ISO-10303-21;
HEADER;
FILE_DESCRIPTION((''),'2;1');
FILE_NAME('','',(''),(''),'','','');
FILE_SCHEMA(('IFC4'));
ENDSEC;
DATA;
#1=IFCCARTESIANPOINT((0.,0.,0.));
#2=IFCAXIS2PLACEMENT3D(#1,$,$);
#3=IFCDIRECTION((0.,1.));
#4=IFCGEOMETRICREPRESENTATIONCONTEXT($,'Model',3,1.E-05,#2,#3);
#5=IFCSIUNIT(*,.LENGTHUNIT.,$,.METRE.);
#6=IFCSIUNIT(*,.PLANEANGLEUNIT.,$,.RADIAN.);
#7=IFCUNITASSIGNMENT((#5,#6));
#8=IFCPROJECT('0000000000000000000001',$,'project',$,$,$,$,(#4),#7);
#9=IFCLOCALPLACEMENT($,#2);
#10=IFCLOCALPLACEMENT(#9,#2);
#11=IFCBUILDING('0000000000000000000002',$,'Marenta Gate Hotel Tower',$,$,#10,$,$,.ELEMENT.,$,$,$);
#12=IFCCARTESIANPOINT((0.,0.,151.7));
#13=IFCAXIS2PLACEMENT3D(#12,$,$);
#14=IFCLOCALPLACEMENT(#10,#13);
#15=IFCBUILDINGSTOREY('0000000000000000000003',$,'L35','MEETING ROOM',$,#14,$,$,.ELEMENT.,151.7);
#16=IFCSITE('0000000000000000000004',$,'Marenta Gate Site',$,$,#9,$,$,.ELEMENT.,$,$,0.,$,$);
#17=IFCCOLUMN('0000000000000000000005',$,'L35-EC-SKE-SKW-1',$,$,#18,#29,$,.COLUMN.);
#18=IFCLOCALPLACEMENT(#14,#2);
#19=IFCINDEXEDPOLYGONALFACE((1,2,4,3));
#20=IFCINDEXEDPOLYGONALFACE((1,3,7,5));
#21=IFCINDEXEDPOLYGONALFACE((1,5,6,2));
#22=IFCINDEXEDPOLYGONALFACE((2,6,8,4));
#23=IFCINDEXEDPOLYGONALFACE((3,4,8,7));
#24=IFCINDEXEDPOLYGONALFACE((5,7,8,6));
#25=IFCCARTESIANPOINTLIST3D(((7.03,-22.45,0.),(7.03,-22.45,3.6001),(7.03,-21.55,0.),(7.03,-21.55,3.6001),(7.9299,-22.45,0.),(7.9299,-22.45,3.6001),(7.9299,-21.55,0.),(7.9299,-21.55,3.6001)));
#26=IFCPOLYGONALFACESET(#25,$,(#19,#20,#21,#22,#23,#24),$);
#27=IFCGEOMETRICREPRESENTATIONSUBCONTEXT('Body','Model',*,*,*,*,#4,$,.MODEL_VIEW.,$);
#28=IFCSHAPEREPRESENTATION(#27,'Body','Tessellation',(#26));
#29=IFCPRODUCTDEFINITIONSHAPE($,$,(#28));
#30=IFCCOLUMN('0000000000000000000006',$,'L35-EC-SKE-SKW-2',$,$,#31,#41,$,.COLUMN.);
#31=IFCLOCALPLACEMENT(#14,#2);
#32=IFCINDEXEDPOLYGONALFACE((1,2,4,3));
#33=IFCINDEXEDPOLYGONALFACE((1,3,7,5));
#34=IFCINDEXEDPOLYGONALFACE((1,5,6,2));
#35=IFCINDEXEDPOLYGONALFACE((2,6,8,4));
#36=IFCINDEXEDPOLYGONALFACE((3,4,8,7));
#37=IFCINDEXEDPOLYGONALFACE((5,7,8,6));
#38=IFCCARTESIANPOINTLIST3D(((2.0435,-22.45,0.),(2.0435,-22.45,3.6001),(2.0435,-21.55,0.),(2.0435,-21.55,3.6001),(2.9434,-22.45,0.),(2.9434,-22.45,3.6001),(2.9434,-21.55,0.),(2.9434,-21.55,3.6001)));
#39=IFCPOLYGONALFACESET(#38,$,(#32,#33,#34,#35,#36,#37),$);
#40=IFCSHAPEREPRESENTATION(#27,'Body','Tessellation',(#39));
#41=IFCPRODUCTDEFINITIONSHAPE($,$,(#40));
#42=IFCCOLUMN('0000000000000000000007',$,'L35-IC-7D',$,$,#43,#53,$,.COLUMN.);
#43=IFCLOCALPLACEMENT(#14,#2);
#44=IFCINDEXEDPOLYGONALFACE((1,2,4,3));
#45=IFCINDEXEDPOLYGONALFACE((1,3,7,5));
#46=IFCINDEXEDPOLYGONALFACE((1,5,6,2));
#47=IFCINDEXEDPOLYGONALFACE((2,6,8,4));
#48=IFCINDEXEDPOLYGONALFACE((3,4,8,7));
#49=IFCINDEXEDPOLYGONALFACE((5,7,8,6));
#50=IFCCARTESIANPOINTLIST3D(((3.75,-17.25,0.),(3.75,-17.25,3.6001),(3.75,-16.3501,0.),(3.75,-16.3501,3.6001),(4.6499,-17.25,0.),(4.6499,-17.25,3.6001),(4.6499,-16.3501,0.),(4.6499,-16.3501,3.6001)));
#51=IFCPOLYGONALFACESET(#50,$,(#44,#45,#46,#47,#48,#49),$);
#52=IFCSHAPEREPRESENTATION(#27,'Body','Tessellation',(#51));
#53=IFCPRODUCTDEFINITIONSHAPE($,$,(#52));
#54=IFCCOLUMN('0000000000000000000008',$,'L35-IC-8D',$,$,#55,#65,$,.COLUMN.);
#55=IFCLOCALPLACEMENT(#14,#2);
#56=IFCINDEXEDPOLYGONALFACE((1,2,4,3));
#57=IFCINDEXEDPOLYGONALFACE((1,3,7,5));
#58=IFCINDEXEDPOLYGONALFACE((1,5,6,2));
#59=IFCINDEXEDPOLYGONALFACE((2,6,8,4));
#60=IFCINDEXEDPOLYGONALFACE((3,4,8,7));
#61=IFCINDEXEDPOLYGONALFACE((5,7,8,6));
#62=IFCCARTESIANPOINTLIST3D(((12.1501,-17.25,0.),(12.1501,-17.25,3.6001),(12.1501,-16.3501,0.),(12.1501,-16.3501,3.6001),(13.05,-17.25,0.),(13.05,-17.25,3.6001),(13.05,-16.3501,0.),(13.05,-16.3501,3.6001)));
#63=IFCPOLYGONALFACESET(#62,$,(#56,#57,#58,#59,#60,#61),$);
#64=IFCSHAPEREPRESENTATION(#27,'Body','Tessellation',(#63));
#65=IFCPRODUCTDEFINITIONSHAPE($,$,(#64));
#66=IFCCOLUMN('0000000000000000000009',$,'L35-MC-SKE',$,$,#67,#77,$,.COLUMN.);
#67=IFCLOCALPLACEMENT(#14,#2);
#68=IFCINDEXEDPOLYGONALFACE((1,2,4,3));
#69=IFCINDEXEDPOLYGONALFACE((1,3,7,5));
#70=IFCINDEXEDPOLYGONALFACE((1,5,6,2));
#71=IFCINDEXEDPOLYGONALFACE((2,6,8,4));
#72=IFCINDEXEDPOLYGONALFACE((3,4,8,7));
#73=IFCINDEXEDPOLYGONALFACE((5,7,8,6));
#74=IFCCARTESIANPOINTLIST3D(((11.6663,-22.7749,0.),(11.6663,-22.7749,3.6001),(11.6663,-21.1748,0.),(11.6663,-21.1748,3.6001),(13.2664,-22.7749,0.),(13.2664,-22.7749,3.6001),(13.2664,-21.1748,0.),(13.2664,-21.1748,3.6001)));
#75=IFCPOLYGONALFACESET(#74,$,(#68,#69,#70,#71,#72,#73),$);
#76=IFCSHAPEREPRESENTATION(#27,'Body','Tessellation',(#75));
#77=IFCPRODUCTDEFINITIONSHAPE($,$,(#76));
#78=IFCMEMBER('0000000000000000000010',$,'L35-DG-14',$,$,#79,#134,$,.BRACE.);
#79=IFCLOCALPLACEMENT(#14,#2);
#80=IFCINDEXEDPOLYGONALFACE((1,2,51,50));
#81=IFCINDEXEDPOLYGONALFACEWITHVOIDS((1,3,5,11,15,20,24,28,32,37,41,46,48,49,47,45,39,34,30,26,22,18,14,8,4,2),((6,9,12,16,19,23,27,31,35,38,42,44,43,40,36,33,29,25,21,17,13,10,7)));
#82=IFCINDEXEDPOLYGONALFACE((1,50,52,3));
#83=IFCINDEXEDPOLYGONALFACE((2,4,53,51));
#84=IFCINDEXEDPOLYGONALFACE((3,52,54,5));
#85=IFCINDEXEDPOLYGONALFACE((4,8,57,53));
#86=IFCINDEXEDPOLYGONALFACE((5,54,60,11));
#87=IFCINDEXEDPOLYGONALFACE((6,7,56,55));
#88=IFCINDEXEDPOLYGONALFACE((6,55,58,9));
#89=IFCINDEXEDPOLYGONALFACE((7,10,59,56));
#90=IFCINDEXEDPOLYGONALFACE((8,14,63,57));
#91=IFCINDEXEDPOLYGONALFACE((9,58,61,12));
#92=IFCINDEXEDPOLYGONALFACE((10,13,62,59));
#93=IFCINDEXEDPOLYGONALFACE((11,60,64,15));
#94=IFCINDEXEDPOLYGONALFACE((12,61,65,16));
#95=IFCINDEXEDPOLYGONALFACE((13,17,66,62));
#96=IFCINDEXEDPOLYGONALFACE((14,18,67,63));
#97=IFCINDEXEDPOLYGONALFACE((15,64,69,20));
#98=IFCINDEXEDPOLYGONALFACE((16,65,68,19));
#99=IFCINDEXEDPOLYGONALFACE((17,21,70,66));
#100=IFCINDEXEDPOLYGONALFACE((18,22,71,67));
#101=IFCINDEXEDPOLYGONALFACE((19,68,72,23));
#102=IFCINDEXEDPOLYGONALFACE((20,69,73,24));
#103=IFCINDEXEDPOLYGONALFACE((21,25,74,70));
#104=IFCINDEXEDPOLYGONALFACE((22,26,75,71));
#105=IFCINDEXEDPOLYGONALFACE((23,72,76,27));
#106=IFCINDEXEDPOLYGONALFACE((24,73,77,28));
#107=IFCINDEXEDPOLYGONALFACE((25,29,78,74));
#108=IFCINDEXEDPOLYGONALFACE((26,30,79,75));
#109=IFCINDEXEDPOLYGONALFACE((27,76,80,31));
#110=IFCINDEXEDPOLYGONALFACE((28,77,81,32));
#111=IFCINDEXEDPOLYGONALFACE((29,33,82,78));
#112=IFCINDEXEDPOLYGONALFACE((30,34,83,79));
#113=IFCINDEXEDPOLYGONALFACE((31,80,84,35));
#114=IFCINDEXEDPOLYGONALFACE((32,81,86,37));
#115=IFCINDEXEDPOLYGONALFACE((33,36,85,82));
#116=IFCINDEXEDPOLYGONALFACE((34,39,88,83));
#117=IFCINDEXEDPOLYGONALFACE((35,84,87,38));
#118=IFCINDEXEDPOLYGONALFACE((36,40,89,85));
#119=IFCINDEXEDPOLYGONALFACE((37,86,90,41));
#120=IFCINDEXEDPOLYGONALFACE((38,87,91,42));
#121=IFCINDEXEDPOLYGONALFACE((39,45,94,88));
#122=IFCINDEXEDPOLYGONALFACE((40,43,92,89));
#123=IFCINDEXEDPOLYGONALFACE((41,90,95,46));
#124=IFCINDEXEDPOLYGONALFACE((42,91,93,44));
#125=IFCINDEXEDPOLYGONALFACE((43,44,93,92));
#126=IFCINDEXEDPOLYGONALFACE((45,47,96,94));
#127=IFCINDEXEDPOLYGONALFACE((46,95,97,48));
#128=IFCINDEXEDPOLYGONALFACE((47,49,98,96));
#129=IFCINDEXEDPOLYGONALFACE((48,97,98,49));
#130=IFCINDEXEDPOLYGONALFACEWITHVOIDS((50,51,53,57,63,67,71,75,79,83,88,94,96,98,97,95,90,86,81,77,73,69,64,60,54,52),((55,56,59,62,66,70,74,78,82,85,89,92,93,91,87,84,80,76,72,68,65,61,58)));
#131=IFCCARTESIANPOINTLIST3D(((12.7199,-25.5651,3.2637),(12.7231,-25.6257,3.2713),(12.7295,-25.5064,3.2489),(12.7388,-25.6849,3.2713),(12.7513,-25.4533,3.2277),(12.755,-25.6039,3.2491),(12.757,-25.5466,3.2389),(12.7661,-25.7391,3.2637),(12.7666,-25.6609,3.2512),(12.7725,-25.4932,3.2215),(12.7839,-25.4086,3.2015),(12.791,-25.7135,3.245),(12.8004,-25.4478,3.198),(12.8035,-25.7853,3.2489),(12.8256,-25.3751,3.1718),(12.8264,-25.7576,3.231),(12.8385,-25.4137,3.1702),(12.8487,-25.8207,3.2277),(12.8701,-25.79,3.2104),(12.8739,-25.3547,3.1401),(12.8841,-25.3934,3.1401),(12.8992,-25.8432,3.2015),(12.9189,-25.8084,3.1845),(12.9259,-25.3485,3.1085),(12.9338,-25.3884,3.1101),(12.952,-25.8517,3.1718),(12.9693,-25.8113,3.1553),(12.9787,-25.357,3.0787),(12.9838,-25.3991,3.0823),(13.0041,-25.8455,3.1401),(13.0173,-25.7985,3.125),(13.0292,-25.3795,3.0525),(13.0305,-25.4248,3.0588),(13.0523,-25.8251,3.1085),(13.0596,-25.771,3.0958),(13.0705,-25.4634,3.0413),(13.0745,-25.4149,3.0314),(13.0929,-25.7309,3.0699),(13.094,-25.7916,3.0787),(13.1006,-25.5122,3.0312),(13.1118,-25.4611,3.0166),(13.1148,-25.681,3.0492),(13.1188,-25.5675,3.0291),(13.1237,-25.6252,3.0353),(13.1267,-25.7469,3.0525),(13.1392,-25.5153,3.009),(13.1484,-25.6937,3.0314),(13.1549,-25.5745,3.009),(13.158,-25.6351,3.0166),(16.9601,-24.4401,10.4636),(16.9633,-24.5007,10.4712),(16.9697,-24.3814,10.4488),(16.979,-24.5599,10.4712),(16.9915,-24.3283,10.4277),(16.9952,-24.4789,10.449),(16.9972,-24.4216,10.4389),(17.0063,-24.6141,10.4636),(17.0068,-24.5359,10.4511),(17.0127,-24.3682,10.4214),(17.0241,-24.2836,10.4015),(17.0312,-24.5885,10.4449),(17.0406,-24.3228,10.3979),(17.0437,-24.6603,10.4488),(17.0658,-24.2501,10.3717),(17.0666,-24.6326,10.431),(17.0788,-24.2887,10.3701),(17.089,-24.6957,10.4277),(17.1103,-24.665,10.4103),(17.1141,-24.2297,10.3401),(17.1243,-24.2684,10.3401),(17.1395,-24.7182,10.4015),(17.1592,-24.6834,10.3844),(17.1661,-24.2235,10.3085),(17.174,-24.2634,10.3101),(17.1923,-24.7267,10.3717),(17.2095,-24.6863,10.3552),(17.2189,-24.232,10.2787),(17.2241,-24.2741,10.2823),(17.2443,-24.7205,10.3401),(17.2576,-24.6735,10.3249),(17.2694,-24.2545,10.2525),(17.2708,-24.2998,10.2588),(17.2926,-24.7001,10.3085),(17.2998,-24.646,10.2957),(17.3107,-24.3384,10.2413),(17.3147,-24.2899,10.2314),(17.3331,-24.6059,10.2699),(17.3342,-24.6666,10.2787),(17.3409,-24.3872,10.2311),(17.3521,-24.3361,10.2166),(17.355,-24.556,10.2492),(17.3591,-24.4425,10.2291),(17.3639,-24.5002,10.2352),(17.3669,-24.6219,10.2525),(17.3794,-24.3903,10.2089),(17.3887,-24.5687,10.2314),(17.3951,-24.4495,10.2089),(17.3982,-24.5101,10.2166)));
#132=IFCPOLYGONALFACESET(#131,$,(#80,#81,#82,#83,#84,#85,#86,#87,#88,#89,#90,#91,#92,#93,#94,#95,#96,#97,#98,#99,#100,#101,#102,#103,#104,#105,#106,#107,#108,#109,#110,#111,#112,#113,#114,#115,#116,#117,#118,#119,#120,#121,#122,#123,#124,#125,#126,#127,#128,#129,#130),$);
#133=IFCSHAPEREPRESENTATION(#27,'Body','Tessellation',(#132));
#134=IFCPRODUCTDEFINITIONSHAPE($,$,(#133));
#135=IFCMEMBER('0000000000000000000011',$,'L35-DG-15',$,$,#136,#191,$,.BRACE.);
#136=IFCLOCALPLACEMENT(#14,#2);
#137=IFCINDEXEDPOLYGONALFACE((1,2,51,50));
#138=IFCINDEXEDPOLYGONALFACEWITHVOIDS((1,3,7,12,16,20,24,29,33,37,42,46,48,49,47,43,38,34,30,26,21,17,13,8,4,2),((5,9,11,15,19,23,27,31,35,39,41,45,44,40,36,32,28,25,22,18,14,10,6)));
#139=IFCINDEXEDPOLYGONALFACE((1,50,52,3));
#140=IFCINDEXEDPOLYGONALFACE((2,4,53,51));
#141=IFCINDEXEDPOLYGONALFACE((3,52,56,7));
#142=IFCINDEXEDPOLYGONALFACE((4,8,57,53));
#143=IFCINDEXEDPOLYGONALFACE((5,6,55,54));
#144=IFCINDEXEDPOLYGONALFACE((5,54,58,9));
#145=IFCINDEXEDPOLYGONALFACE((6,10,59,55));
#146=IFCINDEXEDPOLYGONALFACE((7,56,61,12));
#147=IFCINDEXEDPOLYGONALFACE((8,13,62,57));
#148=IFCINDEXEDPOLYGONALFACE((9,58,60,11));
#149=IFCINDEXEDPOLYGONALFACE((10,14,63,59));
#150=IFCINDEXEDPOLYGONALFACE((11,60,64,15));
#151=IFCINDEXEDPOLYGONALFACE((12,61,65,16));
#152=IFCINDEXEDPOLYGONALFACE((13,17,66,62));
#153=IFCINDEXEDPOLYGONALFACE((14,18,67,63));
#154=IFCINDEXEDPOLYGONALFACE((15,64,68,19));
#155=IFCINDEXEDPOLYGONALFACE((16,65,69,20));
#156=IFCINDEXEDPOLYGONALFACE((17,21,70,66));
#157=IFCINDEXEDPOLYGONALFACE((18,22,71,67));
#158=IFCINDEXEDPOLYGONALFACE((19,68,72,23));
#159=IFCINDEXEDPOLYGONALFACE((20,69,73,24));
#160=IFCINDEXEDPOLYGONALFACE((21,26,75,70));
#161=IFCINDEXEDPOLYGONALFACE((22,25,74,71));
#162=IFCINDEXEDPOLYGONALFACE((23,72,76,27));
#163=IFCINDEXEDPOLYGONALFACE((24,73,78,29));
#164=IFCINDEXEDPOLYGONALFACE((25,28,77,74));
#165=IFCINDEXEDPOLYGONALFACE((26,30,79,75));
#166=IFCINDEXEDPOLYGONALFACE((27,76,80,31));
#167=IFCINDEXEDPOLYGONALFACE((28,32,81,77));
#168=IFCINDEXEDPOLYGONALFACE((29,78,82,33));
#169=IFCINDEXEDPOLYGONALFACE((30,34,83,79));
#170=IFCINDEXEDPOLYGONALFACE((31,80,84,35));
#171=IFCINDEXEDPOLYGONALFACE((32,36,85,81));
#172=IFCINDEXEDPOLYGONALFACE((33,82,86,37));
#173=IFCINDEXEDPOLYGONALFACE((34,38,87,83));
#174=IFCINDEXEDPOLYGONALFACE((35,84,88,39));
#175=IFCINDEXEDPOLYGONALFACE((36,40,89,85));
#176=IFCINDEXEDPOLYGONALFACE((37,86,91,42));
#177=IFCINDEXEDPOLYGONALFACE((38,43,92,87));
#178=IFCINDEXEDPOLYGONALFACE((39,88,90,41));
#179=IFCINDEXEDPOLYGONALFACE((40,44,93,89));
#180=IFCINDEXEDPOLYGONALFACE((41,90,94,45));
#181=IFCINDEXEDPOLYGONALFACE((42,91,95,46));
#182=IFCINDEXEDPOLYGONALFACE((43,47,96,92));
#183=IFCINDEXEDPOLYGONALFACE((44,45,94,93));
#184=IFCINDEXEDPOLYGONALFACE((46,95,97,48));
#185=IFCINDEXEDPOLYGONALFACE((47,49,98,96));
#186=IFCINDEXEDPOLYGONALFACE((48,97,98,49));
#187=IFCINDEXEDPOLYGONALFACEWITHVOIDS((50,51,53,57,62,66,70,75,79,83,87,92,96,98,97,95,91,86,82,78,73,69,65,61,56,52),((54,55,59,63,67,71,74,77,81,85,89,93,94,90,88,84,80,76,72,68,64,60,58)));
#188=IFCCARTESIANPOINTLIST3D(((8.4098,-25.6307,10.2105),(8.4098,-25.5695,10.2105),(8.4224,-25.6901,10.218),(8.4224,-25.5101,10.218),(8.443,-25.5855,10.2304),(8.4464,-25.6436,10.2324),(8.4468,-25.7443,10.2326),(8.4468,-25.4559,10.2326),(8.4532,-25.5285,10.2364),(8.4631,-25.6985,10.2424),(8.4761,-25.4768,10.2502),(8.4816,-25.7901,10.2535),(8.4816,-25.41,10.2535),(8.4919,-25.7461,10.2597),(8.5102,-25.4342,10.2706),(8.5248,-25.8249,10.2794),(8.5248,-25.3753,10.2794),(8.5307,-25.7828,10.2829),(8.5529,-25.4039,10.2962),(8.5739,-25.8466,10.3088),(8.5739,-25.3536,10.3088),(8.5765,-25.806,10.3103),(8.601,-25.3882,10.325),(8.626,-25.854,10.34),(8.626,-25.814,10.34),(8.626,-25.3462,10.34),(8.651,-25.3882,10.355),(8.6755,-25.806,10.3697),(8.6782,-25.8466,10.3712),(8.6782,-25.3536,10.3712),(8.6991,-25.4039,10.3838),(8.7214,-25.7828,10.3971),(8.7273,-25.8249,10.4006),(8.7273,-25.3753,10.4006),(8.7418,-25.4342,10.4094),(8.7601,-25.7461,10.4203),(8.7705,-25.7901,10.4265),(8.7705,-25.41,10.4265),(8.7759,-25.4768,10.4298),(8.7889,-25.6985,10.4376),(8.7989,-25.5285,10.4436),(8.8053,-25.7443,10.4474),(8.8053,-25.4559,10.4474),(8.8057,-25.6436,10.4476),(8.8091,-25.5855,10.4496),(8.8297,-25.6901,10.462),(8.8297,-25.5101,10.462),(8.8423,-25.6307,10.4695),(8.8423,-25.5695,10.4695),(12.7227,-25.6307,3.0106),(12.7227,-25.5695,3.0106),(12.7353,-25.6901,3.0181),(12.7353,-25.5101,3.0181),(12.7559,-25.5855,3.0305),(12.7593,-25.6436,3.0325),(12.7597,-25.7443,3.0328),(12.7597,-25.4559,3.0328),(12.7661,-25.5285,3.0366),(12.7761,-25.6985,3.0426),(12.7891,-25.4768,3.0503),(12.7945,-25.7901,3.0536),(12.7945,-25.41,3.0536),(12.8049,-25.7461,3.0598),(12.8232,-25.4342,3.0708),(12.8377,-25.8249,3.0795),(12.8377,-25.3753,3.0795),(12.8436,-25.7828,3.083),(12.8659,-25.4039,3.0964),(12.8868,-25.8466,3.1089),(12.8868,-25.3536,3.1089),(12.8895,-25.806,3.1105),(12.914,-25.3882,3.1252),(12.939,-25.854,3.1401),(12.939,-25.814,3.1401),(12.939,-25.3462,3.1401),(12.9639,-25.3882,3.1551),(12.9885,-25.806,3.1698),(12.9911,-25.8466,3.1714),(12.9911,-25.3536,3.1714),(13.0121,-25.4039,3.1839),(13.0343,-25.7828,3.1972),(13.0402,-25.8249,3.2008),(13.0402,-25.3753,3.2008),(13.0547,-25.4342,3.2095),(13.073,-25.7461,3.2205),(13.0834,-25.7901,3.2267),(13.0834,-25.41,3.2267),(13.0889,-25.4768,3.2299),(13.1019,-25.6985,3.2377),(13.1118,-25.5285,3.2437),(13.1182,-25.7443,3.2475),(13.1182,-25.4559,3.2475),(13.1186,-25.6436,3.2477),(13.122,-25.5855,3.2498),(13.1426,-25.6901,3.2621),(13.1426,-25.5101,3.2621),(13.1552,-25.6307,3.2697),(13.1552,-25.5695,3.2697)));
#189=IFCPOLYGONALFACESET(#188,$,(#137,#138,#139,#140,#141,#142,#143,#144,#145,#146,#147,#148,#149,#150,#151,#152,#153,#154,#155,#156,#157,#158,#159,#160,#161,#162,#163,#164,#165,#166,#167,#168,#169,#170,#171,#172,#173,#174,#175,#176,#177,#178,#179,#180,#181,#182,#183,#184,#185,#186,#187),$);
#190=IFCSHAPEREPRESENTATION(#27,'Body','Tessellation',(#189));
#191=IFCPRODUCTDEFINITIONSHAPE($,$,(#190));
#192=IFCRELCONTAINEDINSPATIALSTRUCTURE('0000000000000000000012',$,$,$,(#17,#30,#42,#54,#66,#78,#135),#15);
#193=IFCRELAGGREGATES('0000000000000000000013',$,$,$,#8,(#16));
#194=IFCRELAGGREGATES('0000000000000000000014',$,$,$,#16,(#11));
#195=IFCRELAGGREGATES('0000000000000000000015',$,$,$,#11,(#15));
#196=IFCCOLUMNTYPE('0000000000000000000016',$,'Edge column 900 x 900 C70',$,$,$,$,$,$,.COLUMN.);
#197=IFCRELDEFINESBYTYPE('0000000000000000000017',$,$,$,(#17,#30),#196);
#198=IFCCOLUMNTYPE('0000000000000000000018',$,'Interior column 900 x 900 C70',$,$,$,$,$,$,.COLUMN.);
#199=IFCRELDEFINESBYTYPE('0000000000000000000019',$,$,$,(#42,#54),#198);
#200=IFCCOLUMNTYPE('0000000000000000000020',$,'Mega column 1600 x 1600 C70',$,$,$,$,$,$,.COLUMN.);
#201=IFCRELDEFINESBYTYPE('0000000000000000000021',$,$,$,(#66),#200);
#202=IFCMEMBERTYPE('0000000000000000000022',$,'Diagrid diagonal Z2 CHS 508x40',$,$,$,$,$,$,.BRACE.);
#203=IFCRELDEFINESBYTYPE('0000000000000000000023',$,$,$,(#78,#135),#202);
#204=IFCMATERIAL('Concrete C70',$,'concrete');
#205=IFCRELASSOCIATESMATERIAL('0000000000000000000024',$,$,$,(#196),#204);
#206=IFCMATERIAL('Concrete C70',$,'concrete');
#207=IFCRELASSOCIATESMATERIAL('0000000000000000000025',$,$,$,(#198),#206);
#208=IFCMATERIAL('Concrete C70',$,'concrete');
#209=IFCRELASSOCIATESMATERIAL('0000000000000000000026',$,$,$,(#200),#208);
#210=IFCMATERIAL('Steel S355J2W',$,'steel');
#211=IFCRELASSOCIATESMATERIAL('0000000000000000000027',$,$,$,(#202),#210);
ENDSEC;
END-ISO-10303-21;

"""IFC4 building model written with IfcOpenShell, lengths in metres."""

from ifc_helpers import new_model, si_unit, direction, frame, origin, origin_2d, place, context, subcontext, project, spatial, rectangle, hollow_circle, extrude, material, material_profile, profile_set, type_object, element, save


model = new_model("IFC4")

# Units and contexts
model_context = context("Model", 3, precision=1e-05, world=origin(), true_north=direction((0.0, 1.0)))
body_context = subcontext(model_context, "Body", "Model", "MODEL_VIEW")
ifc_project = project(units=[si_unit("LENGTHUNIT", "METRE"), si_unit("PLANEANGLEUNIT", "RADIAN")], contexts=[model_context])

# Site, building, storey
site_placement = place(None, origin())
site = spatial("IfcSite", under=ifc_project, at=site_placement, Name="Marenta Gate Site", CompositionType="ELEMENT", RefElevation=0.0)
building_placement = place(site_placement, origin())
building = spatial("IfcBuilding", under=site, at=building_placement, Name="Marenta Gate Hotel Tower", CompositionType="ELEMENT")
storey_placement = place(building_placement, frame((0.0, 0.0, 151.7)))
storey = spatial("IfcBuildingStorey", under=building, at=storey_placement, Name="L35", Description="MEETING ROOM", CompositionType="ELEMENT", Elevation=151.7)

# Columns
ifc_material_1 = material(Name="Concrete C70", Category="concrete")
ifc_material_profile_1 = material_profile(ifc_material_1, rectangle(XDim=0.8999, YDim=0.8999, at=origin_2d()), Name="900 x 900")
ifc_profile_set_1 = profile_set([ifc_material_profile_1], Name="Concrete C70")
column_type_1 = type_object("IfcColumnType", Name="Edge column 900 x 900 C70", PredefinedType="COLUMN", material=ifc_profile_set_1)
for number, where, z_axis, x_axis, name in (
    (1, (7.48, -22.0, 0.0), (0.0, 0.0, 1.0), (1.0, 0.0, 0.0), "L35-EC-SKE-SKW-1"),
    (2, (2.4934, -22.0, 0.0), (0.0, 0.0, 1.0), (1.0, 0.0, 0.0), "L35-EC-SKE-SKW-2"),
):
    element("IfcColumn", number, at=place(storey_placement, frame(where, z_axis=z_axis, x_axis=x_axis)), inside=storey, type_object=column_type_1, Name=name, PredefinedType="COLUMN", context=body_context, shape_type="SweptSolid", body=[
        extrude(rectangle(XDim=0.8999, YDim=0.8999, at=origin_2d()), origin(), (0.0, 0.0, 1.0), 3.6001),
    ])
ifc_material_2 = material(Name="Concrete C70", Category="concrete")
ifc_material_profile_2 = material_profile(ifc_material_2, rectangle(XDim=0.8999, YDim=0.8999, at=origin_2d()), Name="900 x 900")
ifc_profile_set_2 = profile_set([ifc_material_profile_2], Name="Concrete C70")
column_type_2 = type_object("IfcColumnType", Name="Interior column 900 x 900 C70", PredefinedType="COLUMN", material=ifc_profile_set_2)
for number, where, z_axis, x_axis, name in (
    (3, (4.2, -16.8, 0.0), (0.0, 0.0, 1.0), (1.0, 0.0, 0.0), "L35-IC-7D"),
    (4, (12.6001, -16.8, 0.0), (0.0, 0.0, 1.0), (1.0, 0.0, 0.0), "L35-IC-8D"),
):
    element("IfcColumn", number, at=place(storey_placement, frame(where, z_axis=z_axis, x_axis=x_axis)), inside=storey, type_object=column_type_2, Name=name, PredefinedType="COLUMN", context=body_context, shape_type="SweptSolid", body=[
        extrude(rectangle(XDim=0.8999, YDim=0.8999, at=origin_2d()), origin(), (0.0, 0.0, 1.0), 3.6001),
    ])
ifc_material_3 = material(Name="Concrete C70", Category="concrete")
ifc_material_profile_3 = material_profile(ifc_material_3, rectangle(XDim=1.6001, YDim=1.6001, at=origin_2d()), Name="1600 x 1600")
ifc_profile_set_3 = profile_set([ifc_material_profile_3], Name="Concrete C70")
column_type_3 = type_object("IfcColumnType", Name="Mega column 1600 x 1600 C70", PredefinedType="COLUMN", material=ifc_profile_set_3)
column_placement = place(storey_placement, frame((12.4663, -21.9749, 0.0), z_axis=(0.0, 0.0, 1.0), x_axis=(1.0, 0.0, 0.0)))
element("IfcColumn", 5, at=column_placement, inside=storey, type_object=column_type_3, Name="L35-MC-SKE", PredefinedType="COLUMN", context=body_context, shape_type="SweptSolid", body=[
    extrude(rectangle(XDim=1.6001, YDim=1.6001, at=origin_2d()), origin(), (0.0, 0.0, 1.0), 3.6001),
])

# Members
ifc_material_4 = material(Name="Steel S355J2W", Category="steel")
ifc_material_profile_4 = material_profile(ifc_material_4, hollow_circle(Radius=0.2539, WallThickness=0.04, at=origin_2d()), Name="CHS 508x40")
ifc_profile_set_4 = profile_set([ifc_material_profile_4], Name="Steel S355J2W")
member_type_1 = type_object("IfcMemberType", Name="Diagrid diagonal Z2 CHS 508x40", PredefinedType="BRACE", material=ifc_profile_set_4)
member_1_placement = place(storey_placement, frame((12.939, -25.6001, 3.1401), z_axis=(0.502924, 0.133434, 0.853969), x_axis=(-0.256443, 0.966559, 0.0)))
element("IfcMember", 6, at=member_1_placement, inside=storey, type_object=member_type_1, Name="L35-DG-14", PredefinedType="BRACE", context=body_context, shape_type="SweptSolid", body=[
    extrude(hollow_circle(Radius=0.2539, WallThickness=0.04, at=origin_2d()), origin(), (0.0, 0.0, 1.0), 8.4312),
])
for number, where, z_axis, x_axis, name in (
    (7, (12.939, -25.6001, 3.1401), (-0.513884, 0.0, 0.85786), (0.0, -1.0, 0.0), "L35-DG-15"),
):
    element("IfcMember", number, at=place(storey_placement, frame(where, z_axis=z_axis, x_axis=x_axis)), inside=storey, type_object=member_type_1, Name=name, PredefinedType="BRACE", context=body_context, shape_type="SweptSolid", body=[
        extrude(hollow_circle(Radius=0.2539, WallThickness=0.04, at=origin_2d()), origin(), (0.0, 0.0, 1.0), 8.3928),
    ])

save(model, "model.ifc")
